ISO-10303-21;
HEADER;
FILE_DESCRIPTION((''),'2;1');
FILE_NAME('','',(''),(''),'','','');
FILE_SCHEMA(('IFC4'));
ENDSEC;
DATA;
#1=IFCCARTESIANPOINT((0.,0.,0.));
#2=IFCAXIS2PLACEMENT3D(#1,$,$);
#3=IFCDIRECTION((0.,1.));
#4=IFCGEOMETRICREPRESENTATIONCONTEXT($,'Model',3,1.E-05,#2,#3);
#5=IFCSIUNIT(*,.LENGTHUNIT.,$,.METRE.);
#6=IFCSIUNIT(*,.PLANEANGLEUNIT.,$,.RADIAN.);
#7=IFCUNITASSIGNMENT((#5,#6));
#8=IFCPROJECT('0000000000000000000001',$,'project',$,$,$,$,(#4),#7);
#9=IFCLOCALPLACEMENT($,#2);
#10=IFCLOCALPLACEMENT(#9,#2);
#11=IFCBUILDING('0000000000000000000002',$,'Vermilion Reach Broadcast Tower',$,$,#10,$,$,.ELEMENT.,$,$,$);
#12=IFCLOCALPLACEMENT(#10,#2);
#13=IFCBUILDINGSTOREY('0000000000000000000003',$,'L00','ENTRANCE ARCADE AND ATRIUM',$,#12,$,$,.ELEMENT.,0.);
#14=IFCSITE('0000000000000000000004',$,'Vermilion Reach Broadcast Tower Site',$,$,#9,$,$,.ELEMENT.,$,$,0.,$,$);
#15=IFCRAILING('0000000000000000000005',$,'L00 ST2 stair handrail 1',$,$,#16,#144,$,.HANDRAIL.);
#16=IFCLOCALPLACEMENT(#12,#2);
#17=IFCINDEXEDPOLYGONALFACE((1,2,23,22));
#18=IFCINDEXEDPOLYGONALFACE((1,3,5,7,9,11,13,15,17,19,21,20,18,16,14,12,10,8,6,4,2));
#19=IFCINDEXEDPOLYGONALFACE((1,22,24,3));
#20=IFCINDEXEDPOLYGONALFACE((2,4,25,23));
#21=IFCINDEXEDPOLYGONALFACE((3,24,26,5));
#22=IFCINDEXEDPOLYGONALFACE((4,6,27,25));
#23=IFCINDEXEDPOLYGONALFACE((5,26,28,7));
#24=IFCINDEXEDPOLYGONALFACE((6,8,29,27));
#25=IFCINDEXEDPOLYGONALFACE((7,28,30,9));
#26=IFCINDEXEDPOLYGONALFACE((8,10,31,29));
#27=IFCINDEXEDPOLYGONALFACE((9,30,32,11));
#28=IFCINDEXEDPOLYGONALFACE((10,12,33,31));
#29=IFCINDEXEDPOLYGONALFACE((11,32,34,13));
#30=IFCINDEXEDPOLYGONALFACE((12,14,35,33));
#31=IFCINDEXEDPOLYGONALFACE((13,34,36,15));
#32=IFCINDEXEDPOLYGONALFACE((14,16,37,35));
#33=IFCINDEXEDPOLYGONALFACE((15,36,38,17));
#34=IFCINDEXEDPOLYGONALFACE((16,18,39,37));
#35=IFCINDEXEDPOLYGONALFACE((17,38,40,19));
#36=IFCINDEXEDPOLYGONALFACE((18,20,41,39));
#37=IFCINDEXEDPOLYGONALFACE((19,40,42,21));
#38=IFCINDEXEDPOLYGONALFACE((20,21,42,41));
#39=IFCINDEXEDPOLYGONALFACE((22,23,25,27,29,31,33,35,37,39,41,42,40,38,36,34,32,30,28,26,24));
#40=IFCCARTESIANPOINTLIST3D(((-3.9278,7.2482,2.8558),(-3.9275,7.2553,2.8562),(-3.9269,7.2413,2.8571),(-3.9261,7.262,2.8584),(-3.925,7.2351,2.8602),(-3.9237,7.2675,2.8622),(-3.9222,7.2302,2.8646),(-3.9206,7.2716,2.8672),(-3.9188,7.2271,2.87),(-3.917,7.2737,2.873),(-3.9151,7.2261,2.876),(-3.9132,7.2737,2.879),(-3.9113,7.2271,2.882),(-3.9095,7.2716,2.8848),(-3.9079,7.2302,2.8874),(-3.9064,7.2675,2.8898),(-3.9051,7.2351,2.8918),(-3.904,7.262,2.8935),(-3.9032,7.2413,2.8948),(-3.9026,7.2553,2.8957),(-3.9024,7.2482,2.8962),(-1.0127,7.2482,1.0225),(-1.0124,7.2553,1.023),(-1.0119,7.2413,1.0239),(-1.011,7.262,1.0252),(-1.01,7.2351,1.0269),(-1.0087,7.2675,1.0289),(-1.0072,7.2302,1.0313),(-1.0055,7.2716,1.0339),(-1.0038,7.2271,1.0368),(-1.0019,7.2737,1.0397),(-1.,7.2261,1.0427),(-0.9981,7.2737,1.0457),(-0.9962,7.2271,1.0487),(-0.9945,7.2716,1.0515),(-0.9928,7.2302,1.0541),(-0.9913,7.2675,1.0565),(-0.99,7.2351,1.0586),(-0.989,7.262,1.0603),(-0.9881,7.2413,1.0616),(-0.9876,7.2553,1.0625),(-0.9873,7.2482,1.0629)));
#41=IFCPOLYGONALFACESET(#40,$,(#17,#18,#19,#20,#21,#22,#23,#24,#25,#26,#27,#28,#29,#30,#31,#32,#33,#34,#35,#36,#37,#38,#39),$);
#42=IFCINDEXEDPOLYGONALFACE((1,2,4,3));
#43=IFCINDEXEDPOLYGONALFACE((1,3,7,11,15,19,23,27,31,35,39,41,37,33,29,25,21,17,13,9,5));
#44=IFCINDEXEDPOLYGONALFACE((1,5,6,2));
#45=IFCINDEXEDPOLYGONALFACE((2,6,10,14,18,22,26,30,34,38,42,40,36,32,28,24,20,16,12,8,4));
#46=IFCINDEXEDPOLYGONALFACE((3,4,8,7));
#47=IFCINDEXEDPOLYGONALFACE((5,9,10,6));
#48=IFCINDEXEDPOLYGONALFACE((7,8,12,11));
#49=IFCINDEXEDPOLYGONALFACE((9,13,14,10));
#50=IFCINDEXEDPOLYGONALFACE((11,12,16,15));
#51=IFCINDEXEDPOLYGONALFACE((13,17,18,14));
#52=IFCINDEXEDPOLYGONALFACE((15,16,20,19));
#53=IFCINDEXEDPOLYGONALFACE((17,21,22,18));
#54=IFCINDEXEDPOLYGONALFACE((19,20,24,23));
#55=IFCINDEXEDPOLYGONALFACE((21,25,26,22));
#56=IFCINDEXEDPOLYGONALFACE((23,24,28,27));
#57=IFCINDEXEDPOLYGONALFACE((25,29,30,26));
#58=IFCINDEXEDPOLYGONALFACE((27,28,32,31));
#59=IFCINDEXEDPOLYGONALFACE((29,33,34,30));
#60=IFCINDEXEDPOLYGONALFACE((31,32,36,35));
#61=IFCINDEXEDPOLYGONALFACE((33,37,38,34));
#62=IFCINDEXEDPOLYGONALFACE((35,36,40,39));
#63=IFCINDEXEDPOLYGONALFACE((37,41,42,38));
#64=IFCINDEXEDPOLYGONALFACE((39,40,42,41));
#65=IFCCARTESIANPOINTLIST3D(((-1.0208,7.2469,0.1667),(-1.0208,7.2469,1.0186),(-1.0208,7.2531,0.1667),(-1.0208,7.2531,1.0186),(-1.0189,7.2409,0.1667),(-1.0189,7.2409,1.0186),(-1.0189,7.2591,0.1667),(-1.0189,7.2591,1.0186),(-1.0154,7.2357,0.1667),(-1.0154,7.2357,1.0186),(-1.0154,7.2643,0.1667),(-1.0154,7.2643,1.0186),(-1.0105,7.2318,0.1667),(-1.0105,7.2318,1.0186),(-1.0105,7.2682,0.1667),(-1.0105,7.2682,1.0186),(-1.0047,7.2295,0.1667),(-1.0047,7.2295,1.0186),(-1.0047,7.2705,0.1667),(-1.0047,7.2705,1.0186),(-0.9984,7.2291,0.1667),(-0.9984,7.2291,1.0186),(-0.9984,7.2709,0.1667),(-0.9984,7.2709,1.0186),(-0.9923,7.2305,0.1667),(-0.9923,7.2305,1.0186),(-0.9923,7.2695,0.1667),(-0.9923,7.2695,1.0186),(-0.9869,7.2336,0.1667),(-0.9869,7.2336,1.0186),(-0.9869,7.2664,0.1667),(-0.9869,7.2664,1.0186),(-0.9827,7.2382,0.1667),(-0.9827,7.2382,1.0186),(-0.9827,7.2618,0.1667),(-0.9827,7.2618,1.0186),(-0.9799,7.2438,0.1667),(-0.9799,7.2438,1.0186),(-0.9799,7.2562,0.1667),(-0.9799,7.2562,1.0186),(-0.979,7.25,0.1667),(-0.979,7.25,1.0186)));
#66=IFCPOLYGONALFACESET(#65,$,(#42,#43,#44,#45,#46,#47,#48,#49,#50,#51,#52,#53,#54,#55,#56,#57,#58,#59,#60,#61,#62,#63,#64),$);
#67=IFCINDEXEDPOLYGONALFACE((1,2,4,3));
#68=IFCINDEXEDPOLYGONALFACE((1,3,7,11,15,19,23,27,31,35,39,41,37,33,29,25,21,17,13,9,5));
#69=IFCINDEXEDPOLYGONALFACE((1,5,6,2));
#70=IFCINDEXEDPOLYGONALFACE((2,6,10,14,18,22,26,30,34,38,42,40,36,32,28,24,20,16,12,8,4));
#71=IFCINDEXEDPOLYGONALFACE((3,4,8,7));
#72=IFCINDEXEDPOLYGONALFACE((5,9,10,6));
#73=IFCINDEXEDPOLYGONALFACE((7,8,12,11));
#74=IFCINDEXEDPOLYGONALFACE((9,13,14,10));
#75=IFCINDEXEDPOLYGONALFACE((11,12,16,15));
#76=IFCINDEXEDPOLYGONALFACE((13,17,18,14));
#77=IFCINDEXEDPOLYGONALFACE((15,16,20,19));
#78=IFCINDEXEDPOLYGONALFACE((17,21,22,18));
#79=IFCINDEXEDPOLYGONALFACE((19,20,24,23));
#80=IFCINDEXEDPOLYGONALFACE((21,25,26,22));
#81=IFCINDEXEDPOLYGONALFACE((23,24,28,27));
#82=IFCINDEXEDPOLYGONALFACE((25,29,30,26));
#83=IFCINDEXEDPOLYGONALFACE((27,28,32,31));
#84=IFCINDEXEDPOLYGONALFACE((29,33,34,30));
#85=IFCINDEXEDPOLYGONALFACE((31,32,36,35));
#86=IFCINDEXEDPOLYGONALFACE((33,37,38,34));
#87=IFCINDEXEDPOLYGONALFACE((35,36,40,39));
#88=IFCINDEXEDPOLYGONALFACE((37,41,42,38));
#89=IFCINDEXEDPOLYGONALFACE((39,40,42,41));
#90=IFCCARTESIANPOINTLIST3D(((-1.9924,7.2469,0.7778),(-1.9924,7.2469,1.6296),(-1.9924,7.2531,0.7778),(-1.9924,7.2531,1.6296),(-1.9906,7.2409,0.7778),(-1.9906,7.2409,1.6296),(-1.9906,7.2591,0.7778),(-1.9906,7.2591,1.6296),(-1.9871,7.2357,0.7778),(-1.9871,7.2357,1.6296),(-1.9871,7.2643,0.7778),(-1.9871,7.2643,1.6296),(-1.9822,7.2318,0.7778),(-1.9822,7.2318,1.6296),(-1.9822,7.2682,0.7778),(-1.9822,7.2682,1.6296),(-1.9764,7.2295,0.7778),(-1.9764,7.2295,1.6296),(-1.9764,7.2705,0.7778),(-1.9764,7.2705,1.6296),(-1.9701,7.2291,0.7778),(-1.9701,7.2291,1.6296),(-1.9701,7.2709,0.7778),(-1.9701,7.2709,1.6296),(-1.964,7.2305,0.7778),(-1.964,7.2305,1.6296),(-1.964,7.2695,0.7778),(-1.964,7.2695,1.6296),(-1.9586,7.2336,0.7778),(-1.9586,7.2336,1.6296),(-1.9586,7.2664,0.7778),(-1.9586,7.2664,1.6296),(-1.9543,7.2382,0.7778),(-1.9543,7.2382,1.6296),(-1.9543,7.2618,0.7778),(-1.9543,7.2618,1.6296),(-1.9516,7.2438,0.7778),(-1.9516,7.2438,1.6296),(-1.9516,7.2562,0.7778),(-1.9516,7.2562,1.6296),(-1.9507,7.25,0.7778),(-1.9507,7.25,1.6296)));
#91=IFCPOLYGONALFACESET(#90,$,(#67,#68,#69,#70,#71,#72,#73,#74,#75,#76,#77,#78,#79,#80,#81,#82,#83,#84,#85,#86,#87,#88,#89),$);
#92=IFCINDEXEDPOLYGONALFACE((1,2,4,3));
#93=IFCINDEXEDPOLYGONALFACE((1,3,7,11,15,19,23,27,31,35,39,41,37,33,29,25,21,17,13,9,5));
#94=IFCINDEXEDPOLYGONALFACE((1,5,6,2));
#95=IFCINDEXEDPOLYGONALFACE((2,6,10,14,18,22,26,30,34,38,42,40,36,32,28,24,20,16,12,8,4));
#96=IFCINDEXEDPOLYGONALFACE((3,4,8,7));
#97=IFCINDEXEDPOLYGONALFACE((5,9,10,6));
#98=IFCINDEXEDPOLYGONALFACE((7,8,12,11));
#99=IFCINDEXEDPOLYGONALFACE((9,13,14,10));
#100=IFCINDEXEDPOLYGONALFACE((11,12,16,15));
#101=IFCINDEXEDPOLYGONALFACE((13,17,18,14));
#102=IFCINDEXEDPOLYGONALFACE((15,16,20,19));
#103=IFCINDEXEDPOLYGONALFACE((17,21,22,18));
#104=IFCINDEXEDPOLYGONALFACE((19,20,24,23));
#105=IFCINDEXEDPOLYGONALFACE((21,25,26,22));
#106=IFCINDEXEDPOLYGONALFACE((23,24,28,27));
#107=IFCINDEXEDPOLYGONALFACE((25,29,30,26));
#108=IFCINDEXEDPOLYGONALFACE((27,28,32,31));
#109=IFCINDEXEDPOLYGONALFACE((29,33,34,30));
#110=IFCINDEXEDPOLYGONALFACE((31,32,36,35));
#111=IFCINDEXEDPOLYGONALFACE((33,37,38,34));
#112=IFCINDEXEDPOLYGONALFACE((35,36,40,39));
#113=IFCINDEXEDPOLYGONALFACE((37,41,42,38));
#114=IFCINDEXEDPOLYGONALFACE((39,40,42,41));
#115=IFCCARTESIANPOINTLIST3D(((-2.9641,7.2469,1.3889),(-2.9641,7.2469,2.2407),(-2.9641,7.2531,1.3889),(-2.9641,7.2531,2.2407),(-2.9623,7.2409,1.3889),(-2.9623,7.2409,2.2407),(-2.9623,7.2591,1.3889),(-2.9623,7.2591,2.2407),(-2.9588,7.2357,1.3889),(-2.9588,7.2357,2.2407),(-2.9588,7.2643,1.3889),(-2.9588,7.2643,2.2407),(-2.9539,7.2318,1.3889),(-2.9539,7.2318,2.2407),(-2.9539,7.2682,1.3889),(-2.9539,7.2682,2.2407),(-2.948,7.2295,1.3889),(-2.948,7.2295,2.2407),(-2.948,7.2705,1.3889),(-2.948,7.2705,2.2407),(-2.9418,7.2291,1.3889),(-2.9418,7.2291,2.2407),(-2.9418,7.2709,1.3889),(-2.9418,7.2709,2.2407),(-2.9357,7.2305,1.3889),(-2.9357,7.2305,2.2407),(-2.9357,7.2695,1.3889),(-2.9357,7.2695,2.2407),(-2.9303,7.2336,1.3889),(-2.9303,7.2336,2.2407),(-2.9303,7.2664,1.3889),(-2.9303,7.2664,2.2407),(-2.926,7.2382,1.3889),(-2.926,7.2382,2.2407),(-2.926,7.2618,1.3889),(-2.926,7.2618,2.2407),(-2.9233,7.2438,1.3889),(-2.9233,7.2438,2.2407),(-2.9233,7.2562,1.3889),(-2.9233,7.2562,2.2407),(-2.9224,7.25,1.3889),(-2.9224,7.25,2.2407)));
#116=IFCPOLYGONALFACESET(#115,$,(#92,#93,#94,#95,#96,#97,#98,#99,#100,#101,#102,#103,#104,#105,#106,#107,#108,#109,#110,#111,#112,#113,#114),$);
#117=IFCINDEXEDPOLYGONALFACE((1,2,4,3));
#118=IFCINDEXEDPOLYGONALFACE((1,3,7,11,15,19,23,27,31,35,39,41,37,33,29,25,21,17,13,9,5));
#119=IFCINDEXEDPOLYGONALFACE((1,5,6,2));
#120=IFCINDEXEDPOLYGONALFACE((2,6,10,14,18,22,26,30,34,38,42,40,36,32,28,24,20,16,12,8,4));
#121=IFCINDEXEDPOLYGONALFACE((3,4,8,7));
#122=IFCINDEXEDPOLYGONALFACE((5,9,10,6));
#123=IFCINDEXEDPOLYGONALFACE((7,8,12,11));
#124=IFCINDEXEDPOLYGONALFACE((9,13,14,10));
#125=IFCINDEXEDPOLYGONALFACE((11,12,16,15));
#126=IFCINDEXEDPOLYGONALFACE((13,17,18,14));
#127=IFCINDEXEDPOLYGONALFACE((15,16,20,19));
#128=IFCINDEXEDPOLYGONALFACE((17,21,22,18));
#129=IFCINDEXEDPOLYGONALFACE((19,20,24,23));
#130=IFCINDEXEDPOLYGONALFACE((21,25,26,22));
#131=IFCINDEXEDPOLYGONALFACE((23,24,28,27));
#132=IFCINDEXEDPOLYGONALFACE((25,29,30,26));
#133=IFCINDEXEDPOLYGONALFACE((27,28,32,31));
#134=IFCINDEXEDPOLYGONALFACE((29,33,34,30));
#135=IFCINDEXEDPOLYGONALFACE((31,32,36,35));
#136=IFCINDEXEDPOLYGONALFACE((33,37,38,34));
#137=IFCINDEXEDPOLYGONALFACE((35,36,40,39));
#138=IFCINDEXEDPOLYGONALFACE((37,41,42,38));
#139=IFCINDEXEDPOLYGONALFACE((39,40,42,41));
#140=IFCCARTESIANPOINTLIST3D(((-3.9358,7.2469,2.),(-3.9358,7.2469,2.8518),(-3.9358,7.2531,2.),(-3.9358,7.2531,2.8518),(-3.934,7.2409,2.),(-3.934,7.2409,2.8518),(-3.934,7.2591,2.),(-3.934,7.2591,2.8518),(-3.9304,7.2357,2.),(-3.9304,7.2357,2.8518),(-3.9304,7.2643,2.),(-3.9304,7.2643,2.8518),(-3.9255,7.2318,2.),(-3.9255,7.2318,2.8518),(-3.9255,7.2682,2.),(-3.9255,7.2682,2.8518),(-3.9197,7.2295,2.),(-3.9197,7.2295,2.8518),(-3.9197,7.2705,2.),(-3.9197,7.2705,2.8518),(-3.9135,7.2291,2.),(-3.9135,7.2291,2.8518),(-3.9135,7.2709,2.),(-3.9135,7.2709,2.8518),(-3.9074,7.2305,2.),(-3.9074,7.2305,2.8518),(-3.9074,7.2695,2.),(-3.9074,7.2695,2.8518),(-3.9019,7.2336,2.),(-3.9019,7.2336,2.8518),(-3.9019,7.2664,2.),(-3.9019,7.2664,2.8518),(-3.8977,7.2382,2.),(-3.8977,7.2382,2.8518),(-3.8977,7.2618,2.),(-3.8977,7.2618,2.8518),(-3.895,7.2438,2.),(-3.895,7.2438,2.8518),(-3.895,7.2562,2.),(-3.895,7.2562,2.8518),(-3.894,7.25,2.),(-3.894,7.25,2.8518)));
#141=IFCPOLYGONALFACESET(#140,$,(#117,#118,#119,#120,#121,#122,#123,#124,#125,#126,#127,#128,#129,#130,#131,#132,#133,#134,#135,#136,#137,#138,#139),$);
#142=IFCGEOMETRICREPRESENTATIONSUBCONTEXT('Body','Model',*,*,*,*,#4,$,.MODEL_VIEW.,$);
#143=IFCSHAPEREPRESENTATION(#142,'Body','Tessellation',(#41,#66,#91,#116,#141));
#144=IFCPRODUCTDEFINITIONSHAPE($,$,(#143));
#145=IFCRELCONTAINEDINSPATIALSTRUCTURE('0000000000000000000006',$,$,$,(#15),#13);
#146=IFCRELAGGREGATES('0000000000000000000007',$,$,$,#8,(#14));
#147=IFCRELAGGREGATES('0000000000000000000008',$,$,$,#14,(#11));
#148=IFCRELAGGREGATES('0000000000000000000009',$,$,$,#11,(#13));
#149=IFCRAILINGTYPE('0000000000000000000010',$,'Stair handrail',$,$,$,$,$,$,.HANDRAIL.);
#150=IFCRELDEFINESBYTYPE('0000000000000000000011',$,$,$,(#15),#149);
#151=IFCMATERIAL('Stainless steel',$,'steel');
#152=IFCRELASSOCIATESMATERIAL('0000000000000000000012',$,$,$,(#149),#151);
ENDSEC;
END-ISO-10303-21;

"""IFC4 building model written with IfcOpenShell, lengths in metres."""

from ifc_helpers import new_model, si_unit, direction, frame, origin, origin_2d, place, context, subcontext, project, spatial, circle, extrude, material, type_object, element, save


model = new_model("IFC4")

# Units and contexts
model_context = context("Model", 3, precision=1e-05, world=origin(), true_north=direction((0.0, 1.0)))
body_context = subcontext(model_context, "Body", "Model", "MODEL_VIEW")
ifc_project = project(units=[si_unit("LENGTHUNIT", "METRE"), si_unit("PLANEANGLEUNIT", "RADIAN")], contexts=[model_context])

# Site, building, storey
site_placement = place(None, origin())
site = spatial("IfcSite", under=ifc_project, at=site_placement, Name="Vermilion Reach Broadcast Tower Site", CompositionType="ELEMENT", RefElevation=0.0)
building_placement = place(site_placement, origin())
building = spatial("IfcBuilding", under=site, at=building_placement, Name="Vermilion Reach Broadcast Tower", CompositionType="ELEMENT")
storey_placement = place(building_placement, origin())
storey = spatial("IfcBuildingStorey", under=building, at=storey_placement, Name="L00", Description="ENTRANCE ARCADE AND ATRIUM", CompositionType="ELEMENT", Elevation=0.0)

# Railing
ifc_material_1 = material(Name="Stainless steel", Category="steel")
railing_type_1 = type_object("IfcRailingType", Name="Stair handrail", PredefinedType="HANDRAIL", material=ifc_material_1)
for number, where, name in (
    (1, (-1.0, 7.25, 0.1667), "L00 ST2 stair handrail 1"),
):
    element("IfcRailing", number, at=place(storey_placement, frame(where)), inside=storey, type_object=railing_type_1, Name=name, PredefinedType="HANDRAIL", context=body_context, shape_type="SweptSolid", body=[
        extrude(circle(Radius=0.0239, at=origin_2d()), frame((0.0, 0.0, 0.876), z_axis=(-0.846513, 0.0, 0.532368), x_axis=(0.0, -1.0, 0.0)), (0.0, 0.0, 1.0), 3.4436),
        extrude(circle(Radius=0.021, at=origin_2d()), origin(), (0.0, 0.0, 1.0), 0.8518),
        extrude(circle(Radius=0.021, at=origin_2d()), frame((-0.9717, 0.0, 0.6111)), (0.0, 0.0, 1.0), 0.8518),
        extrude(circle(Radius=0.021, at=origin_2d()), frame((-1.9434, 0.0, 1.2222)), (0.0, 0.0, 1.0), 0.8518),
        extrude(circle(Radius=0.021, at=origin_2d()), frame((-2.915, 0.0, 1.8333)), (0.0, 0.0, 1.0), 0.8518),
    ])

save(model, "model.ifc")
